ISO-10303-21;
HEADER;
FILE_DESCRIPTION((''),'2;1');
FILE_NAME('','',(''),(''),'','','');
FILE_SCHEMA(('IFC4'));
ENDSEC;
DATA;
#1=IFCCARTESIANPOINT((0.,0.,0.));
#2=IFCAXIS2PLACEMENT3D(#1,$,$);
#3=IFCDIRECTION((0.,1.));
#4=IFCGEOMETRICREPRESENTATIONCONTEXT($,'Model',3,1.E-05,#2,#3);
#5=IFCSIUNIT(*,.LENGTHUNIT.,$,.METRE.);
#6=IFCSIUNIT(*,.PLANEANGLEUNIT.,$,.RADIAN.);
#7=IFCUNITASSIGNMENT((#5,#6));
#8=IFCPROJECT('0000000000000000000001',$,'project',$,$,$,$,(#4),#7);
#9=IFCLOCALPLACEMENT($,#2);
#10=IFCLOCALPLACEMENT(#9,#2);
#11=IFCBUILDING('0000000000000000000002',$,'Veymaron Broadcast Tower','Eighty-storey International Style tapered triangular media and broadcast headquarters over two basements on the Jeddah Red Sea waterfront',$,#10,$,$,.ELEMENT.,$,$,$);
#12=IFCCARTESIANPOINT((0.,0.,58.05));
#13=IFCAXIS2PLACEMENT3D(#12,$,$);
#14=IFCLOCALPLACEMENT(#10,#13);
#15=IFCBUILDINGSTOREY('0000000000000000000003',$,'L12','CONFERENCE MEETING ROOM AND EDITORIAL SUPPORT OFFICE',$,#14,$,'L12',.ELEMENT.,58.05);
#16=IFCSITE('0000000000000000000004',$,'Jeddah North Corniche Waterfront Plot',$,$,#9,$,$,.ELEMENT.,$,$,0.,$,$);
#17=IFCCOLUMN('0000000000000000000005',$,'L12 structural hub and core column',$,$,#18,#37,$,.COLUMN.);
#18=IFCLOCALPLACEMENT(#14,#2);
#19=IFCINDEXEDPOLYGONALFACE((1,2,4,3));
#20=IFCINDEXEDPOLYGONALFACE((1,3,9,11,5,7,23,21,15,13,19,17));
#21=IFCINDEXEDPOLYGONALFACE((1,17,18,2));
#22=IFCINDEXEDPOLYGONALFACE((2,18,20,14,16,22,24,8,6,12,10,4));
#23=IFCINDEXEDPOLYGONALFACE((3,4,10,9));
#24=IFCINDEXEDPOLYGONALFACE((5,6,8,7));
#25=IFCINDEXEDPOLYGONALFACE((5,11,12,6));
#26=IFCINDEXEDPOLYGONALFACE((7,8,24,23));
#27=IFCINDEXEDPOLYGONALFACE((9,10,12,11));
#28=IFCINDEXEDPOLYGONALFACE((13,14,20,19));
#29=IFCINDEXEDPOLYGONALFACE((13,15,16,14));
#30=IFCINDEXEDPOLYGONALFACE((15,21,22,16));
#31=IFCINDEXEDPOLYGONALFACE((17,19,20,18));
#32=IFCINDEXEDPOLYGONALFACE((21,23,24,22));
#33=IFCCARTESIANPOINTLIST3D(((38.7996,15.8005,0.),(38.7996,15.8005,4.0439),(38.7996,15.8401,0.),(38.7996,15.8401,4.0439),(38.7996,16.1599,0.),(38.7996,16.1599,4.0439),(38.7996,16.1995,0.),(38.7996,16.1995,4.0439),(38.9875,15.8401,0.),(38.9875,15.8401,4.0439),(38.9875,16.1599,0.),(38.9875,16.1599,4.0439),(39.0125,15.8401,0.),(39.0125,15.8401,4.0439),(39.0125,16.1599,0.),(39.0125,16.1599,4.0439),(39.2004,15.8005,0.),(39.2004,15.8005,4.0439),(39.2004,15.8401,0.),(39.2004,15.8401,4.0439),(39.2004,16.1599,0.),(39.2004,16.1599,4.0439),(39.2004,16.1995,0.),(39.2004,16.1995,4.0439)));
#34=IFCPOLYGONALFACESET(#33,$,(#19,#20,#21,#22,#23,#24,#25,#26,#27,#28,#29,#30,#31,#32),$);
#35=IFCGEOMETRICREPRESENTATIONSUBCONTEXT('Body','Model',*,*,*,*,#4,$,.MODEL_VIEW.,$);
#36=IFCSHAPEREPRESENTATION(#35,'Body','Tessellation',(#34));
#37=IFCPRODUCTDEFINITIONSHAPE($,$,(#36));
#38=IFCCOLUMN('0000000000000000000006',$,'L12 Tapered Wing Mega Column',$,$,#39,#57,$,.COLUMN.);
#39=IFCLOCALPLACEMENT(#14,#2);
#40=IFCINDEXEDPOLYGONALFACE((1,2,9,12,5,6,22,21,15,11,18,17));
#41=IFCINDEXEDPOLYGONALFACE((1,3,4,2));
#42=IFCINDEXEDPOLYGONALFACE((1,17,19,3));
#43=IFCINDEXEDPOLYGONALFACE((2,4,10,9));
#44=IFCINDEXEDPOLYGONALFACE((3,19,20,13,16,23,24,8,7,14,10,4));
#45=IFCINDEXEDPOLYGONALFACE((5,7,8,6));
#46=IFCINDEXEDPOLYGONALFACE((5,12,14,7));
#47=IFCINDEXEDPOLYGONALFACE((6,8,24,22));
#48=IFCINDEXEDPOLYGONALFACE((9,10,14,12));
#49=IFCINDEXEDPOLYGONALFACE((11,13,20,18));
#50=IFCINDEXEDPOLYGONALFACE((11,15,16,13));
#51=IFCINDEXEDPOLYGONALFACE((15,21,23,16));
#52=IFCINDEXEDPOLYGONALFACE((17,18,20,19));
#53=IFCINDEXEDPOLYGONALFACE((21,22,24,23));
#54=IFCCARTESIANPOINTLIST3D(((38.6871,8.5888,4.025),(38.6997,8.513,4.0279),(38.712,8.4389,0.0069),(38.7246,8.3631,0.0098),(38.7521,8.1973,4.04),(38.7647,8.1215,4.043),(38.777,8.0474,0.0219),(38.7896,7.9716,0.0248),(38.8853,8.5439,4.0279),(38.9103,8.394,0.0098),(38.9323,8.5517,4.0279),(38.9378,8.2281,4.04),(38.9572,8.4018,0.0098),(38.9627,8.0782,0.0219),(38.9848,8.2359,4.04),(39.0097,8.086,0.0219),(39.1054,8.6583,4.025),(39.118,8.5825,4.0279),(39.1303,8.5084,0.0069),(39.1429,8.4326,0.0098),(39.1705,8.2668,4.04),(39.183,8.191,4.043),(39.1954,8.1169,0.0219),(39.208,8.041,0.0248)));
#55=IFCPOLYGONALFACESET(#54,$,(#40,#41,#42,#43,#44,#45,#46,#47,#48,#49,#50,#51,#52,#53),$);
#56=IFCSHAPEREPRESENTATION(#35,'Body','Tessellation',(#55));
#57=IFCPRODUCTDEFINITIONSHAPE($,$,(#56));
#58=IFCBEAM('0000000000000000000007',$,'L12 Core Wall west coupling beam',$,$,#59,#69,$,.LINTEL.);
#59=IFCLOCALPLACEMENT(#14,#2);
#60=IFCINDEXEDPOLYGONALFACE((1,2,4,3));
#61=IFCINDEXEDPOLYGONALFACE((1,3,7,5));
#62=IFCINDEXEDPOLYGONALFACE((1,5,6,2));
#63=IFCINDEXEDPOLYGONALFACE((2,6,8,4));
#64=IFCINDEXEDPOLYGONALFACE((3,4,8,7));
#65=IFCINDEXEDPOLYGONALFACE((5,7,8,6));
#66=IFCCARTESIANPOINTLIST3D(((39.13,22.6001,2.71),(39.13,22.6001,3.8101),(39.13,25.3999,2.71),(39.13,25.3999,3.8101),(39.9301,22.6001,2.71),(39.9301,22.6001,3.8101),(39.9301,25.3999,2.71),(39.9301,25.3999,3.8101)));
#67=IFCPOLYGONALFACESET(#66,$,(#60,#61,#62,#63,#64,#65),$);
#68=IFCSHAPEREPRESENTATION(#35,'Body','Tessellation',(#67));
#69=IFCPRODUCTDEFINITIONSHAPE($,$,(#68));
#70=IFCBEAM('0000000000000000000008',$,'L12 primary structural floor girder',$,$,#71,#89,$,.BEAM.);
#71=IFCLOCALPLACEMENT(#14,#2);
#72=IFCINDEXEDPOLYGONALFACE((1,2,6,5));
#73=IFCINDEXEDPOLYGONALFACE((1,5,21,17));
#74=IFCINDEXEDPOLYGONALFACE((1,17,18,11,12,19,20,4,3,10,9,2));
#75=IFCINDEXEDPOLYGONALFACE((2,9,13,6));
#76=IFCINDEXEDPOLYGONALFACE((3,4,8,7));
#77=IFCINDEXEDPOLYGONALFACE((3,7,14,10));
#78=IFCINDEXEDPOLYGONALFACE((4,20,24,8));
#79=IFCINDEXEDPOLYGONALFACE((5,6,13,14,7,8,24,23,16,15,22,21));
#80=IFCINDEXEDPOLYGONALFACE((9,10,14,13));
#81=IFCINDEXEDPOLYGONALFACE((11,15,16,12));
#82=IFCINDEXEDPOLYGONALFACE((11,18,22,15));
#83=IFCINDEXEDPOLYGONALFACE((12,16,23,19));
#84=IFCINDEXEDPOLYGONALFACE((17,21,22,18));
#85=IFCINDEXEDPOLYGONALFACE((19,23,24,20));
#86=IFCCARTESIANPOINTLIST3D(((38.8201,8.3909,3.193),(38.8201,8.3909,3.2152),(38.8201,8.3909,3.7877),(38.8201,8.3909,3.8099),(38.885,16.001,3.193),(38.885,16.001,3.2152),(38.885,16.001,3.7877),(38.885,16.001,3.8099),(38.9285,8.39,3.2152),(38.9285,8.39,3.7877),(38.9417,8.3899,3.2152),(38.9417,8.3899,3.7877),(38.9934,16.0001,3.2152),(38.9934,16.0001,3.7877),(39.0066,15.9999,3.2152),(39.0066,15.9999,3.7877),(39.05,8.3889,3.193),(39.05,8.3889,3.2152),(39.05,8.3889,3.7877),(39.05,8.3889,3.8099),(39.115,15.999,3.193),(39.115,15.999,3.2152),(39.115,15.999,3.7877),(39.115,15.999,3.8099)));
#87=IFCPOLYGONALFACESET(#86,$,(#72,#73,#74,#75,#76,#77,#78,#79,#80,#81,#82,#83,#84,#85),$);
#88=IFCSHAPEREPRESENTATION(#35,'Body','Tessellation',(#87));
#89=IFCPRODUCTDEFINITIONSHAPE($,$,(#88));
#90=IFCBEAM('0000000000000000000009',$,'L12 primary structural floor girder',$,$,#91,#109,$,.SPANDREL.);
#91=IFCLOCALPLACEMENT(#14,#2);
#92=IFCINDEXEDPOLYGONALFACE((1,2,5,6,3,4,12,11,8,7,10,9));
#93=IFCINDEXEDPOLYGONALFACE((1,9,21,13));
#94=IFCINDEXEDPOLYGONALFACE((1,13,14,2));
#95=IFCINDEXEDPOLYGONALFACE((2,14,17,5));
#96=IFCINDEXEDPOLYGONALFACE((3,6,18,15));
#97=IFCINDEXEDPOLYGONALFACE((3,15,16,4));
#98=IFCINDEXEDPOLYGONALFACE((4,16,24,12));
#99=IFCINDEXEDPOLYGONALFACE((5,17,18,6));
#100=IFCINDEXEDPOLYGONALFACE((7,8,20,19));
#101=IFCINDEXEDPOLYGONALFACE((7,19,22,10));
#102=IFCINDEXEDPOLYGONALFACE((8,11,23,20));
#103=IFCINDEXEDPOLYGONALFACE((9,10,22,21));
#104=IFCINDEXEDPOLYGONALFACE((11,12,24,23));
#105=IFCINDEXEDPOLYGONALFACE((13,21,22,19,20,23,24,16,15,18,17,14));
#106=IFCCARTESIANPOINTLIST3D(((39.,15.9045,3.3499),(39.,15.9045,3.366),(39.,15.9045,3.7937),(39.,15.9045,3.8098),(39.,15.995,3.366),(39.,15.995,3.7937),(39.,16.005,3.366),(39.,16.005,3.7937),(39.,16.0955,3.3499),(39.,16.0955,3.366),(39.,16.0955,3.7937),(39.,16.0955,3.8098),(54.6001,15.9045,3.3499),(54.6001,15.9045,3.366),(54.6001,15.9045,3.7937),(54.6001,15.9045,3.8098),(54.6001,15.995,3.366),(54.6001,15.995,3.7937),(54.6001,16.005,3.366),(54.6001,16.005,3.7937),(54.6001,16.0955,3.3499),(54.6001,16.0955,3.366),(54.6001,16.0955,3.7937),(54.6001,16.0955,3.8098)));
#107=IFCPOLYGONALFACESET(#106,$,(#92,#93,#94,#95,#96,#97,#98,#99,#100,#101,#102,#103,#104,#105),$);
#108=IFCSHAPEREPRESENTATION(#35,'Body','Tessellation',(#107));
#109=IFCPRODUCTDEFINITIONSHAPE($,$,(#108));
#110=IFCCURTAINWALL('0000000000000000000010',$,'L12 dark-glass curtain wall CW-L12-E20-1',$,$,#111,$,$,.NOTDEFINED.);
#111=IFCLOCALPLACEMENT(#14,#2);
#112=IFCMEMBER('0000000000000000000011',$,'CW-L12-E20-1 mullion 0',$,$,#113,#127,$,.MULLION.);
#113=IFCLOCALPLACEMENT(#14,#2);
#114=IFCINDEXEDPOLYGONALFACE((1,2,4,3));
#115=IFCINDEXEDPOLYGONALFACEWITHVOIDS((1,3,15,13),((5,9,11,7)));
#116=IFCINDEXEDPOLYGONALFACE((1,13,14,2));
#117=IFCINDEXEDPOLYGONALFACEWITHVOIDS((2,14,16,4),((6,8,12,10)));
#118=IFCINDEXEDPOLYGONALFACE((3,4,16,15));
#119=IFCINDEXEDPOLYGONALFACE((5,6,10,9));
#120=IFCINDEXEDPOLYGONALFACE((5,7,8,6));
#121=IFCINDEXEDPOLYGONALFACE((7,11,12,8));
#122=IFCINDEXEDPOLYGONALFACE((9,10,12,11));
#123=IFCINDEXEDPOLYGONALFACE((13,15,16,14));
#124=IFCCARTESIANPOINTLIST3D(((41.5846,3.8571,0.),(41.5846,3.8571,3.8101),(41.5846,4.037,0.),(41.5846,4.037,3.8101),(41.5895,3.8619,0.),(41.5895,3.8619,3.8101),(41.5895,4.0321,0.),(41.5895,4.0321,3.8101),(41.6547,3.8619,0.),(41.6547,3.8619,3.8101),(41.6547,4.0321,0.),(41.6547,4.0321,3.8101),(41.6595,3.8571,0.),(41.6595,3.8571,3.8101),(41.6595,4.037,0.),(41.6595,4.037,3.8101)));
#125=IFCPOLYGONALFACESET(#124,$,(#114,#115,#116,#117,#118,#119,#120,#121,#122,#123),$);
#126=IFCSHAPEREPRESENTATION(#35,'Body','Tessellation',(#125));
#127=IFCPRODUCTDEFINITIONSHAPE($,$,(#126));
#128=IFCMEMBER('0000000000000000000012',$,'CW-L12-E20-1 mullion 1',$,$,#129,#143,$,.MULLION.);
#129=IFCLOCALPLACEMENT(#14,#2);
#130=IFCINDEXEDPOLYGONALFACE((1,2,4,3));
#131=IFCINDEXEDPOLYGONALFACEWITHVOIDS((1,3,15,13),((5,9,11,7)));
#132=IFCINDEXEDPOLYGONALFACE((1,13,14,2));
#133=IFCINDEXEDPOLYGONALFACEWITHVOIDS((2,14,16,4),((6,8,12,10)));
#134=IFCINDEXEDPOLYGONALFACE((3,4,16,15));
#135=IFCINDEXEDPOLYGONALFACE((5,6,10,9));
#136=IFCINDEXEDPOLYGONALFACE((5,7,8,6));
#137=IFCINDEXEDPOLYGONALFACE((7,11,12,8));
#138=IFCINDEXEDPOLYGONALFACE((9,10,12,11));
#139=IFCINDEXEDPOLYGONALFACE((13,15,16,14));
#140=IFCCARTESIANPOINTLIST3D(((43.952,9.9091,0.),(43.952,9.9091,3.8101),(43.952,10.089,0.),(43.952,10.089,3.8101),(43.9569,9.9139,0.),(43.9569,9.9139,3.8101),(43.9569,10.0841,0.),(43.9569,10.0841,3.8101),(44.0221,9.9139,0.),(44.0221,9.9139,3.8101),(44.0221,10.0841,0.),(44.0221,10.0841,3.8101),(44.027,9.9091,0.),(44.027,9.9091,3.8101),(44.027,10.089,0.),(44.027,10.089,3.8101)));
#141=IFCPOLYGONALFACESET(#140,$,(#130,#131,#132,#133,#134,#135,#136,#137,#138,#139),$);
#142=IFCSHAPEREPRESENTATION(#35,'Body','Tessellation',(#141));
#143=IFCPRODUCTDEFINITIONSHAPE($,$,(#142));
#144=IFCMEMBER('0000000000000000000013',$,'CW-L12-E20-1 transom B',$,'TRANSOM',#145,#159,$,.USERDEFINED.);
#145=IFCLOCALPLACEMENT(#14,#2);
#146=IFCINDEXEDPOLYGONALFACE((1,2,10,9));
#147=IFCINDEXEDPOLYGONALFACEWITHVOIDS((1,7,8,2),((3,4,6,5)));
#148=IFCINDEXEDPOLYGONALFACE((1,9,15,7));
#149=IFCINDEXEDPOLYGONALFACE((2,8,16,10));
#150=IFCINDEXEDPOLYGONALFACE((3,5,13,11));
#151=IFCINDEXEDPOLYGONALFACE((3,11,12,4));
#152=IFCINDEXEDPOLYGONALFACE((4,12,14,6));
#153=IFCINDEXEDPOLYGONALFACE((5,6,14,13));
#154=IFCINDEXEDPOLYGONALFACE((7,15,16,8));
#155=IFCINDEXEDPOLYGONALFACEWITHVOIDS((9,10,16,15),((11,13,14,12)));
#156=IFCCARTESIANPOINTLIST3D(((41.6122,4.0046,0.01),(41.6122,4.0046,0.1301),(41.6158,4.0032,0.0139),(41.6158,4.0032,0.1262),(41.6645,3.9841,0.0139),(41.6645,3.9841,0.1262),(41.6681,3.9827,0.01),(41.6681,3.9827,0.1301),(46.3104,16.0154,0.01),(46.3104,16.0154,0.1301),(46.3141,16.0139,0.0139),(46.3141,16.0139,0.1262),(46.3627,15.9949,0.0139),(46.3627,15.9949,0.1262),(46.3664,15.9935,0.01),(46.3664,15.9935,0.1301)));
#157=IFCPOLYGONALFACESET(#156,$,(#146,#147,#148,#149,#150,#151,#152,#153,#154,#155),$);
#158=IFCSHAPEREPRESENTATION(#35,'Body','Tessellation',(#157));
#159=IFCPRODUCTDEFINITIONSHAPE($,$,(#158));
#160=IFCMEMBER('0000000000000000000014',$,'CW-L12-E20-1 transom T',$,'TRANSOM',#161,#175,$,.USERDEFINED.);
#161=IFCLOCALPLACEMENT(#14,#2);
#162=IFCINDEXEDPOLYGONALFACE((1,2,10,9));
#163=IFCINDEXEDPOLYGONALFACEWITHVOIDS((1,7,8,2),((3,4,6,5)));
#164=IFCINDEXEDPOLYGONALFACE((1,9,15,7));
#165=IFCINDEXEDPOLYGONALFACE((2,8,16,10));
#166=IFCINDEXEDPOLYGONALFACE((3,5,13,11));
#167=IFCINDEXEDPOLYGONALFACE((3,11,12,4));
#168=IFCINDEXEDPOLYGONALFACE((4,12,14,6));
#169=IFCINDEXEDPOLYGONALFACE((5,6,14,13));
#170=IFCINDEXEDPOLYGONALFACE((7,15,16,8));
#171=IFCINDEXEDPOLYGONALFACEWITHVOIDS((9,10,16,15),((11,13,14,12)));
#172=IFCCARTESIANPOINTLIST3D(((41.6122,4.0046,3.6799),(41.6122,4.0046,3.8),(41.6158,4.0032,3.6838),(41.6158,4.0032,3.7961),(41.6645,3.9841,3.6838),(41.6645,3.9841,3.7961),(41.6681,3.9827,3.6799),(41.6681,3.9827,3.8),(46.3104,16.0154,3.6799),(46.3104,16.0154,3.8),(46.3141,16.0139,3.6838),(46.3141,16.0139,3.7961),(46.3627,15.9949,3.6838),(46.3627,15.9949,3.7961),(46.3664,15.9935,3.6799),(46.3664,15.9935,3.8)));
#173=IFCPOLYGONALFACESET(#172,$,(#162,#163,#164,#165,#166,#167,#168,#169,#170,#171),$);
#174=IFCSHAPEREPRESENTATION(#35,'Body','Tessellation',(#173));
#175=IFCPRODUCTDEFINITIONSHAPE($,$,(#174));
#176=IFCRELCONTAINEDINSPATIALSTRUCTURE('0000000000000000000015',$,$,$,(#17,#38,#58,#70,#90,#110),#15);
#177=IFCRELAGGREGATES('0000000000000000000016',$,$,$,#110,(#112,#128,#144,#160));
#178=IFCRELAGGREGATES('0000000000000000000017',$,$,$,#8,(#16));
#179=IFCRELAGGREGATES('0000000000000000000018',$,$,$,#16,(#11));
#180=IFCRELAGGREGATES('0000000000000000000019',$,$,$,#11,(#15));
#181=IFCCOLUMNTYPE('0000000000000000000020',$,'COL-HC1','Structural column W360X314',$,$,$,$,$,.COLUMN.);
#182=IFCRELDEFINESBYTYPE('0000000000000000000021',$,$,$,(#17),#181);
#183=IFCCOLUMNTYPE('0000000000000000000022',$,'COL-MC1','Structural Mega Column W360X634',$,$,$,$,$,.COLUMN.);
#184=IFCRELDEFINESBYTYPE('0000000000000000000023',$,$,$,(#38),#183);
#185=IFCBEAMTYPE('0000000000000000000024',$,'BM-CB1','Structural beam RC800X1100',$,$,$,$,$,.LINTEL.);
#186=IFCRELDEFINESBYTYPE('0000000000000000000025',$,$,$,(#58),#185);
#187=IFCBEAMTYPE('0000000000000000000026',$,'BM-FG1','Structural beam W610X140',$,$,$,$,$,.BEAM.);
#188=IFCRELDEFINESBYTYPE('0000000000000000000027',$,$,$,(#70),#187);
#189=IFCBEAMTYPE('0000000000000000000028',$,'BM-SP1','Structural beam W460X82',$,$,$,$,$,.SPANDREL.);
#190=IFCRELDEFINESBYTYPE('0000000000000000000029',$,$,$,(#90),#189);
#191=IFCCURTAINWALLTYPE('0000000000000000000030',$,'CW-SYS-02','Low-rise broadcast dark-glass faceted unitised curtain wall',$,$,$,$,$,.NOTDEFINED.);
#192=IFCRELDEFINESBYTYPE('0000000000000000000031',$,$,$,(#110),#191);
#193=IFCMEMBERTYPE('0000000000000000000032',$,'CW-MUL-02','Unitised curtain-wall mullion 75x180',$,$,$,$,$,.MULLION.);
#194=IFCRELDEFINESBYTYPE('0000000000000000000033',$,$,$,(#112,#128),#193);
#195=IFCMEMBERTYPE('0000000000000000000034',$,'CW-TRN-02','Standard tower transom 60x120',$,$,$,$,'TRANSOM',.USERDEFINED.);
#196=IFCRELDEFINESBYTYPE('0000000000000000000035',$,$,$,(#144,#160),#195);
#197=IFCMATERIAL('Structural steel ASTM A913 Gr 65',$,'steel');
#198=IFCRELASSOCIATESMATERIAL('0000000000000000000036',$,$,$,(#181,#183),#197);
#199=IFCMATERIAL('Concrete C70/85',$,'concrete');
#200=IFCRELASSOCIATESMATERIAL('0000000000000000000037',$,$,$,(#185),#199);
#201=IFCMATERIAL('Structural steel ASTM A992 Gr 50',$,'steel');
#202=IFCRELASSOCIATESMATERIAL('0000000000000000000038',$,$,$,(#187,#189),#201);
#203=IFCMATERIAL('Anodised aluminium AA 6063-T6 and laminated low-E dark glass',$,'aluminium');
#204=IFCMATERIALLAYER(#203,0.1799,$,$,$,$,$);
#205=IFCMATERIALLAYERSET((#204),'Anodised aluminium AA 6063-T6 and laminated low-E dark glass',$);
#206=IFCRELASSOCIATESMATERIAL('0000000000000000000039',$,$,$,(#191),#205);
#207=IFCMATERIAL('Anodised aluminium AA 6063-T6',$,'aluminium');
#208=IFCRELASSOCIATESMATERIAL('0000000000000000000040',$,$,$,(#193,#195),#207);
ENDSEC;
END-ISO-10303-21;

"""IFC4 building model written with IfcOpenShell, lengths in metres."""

from ifc_helpers import new_model, si_unit, direction, frame, origin, origin_2d, place, context, subcontext, project, spatial, rectangle, hollow_rectangle, i_section, extrude, material, layer, layer_set, material_profile, profile_set, type_object, element, aggregate, save


model = new_model("IFC4")

# Units and contexts
model_context = context("Model", 3, precision=1e-05, world=origin(), true_north=direction((0.0, 1.0)))
body_context = subcontext(model_context, "Body", "Model", "MODEL_VIEW")
ifc_project = project(units=[si_unit("LENGTHUNIT", "METRE"), si_unit("PLANEANGLEUNIT", "RADIAN")], contexts=[model_context])

# Site, building, storey
site_placement = place(None, origin())
site = spatial("IfcSite", under=ifc_project, at=site_placement, Name="Jeddah North Corniche Waterfront Plot", CompositionType="ELEMENT", RefElevation=0.0)
building_placement = place(site_placement, origin())
building = spatial("IfcBuilding", under=site, at=building_placement, Name="Veymaron Broadcast Tower", Description="Eighty-storey International Style tapered triangular media and broadcast headquarters over two basements on the Jeddah Red Sea waterfront", CompositionType="ELEMENT")
storey_placement = place(building_placement, frame((0.0, 0.0, 58.05)))
storey = spatial("IfcBuildingStorey", under=building, at=storey_placement, Name="L12", Description="CONFERENCE MEETING ROOM AND EDITORIAL SUPPORT OFFICE", LongName="L12", CompositionType="ELEMENT", Elevation=58.05)

# Columns
ifc_material_1 = material(Name="Structural steel ASTM A913 Gr 65", Category="steel")
ifc_material_profile_1 = material_profile(ifc_material_1, i_section(OverallWidth=0.4009, OverallDepth=0.3989, WebThickness=0.0249, FlangeThickness=0.0396, at=origin_2d()), Name="W360X314")
ifc_profile_set_1 = profile_set([ifc_material_profile_1], Name="Structural steel ASTM A913 Gr 65")
column_type_1 = type_object("IfcColumnType", Name="COL-HC1", Description="Structural column W360X314", PredefinedType="COLUMN", material=ifc_profile_set_1)
column_1_placement = place(storey_placement, frame((39.0, 16.0, 0.0), z_axis=(0.0, 0.0, 1.0), x_axis=(1.0, 0.0, 0.0)))
element("IfcColumn", 1, at=column_1_placement, inside=storey, type_object=column_type_1, Name="L12 structural hub and core column", PredefinedType="COLUMN", context=body_context, shape_type="SweptSolid", body=[
    extrude(i_section(OverallWidth=0.4009, OverallDepth=0.3989, WebThickness=0.0249, FlangeThickness=0.0396, at=origin_2d()), origin(), (0.0, 0.0, 1.0), 4.0439),
])
ifc_material_profile_2 = material_profile(ifc_material_1, i_section(OverallWidth=0.4241, OverallDepth=0.4741, WebThickness=0.0476, FlangeThickness=0.0769, at=origin_2d()), Name="W360X634")
ifc_profile_set_2 = profile_set([ifc_material_profile_2], Name="Structural steel ASTM A913 Gr 65")
column_type_2 = type_object("IfcColumnType", Name="COL-MC1", Description="Structural Mega Column W360X634", PredefinedType="COLUMN", material=ifc_profile_set_2)
column_2_placement = place(storey_placement, frame((38.96, 8.24, 0.0159), z_axis=(-0.006193, 0.03728, 0.999286), x_axis=(-0.986481, -0.163878, 0.0)))
element("IfcColumn", 2, at=column_2_placement, inside=storey, type_object=column_type_2, Name="L12 Tapered Wing Mega Column", PredefinedType="COLUMN", context=body_context, shape_type="SweptSolid", body=[
    extrude(i_section(OverallWidth=0.4241, OverallDepth=0.4741, WebThickness=0.0476, FlangeThickness=0.0769, at=origin_2d()), origin(), (0.0, 0.0, 1.0), 4.021),
])

# Beams
ifc_material_2 = material(Name="Concrete C70/85", Category="concrete")
ifc_material_profile_3 = material_profile(ifc_material_2, rectangle(XDim=0.8, YDim=1.1001, at=origin_2d()), Name="RC800X1100")
ifc_profile_set_3 = profile_set([ifc_material_profile_3], Name="Concrete C70/85")
beam_type_1 = type_object("IfcBeamType", Name="BM-CB1", Description="Structural beam RC800X1100", PredefinedType="LINTEL", material=ifc_profile_set_3)
beam_1_placement = place(storey_placement, frame((39.53, 22.6001, 3.26), z_axis=(0.0, 1.0, 0.0), x_axis=(-1.0, 0.0, 0.0)))
element("IfcBeam", 3, at=beam_1_placement, inside=storey, type_object=beam_type_1, Name="L12 Core Wall west coupling beam", PredefinedType="LINTEL", context=body_context, shape_type="SweptSolid", body=[
    extrude(rectangle(XDim=0.8, YDim=1.1001, at=origin_2d()), origin(), (0.0, 0.0, 1.0), 2.7998),
])
ifc_material_3 = material(Name="Structural steel ASTM A992 Gr 50", Category="steel")
ifc_material_profile_4 = material_profile(ifc_material_3, i_section(OverallWidth=0.23, OverallDepth=0.6169, WebThickness=0.0132, FlangeThickness=0.0222, at=origin_2d()), Name="W610X140")
ifc_profile_set_4 = profile_set([ifc_material_profile_4], Name="Structural steel ASTM A992 Gr 50")
beam_type_2 = type_object("IfcBeamType", Name="BM-FG1", Description="Structural beam W610X140", PredefinedType="BEAM", material=ifc_profile_set_4)
beam_2_placement = place(storey_placement, frame((39.0, 16.0, 3.5015), z_axis=(-0.008533, -0.999964, 0.0), x_axis=(0.999964, -0.008533, 0.0)))
element("IfcBeam", 4, at=beam_2_placement, inside=storey, type_object=beam_type_2, Name="L12 primary structural floor girder", PredefinedType="BEAM", context=body_context, shape_type="SweptSolid", body=[
    extrude(i_section(OverallWidth=0.23, OverallDepth=0.6169, WebThickness=0.0132, FlangeThickness=0.0222, at=origin_2d()), origin(), (0.0, 0.0, 1.0), 7.6104),
])
ifc_material_profile_5 = material_profile(ifc_material_3, i_section(OverallWidth=0.1909, OverallDepth=0.46, WebThickness=0.01, FlangeThickness=0.0161, at=origin_2d()), Name="W460X82")
ifc_profile_set_5 = profile_set([ifc_material_profile_5], Name="Structural steel ASTM A992 Gr 50")
beam_type_3 = type_object("IfcBeamType", Name="BM-SP1", Description="Structural beam W460X82", PredefinedType="SPANDREL", material=ifc_profile_set_5)
beam_3_placement = place(storey_placement, frame((39.0, 16.0, 3.5798), z_axis=(1.0, 0.0, 0.0), x_axis=(0.0, 1.0, 0.0)))
element("IfcBeam", 5, at=beam_3_placement, inside=storey, type_object=beam_type_3, Name="L12 primary structural floor girder", PredefinedType="SPANDREL", context=body_context, shape_type="SweptSolid", body=[
    extrude(i_section(OverallWidth=0.1909, OverallDepth=0.46, WebThickness=0.01, FlangeThickness=0.0161, at=origin_2d()), origin(), (0.0, 0.0, 1.0), 15.6001),
])

# Curtain wall, members
ifc_material_4 = material(Name="Anodised aluminium AA 6063-T6 and laminated low-E dark glass", Category="aluminium")
ifc_layer_1 = layer(ifc_material_4, 0.1799)
ifc_layer_set_1 = layer_set([ifc_layer_1], Name="Anodised aluminium AA 6063-T6 and laminated low-E dark glass")
curtain_wall_type = type_object("IfcCurtainWallType", Name="CW-SYS-02", Description="Low-rise broadcast dark-glass faceted unitised curtain wall", PredefinedType="NOTDEFINED", material=ifc_layer_set_1)
curtain_wall_placement = place(storey_placement, origin())
curtain_wall = element("IfcCurtainWall", 6, at=curtain_wall_placement, inside=storey, type_object=curtain_wall_type, Name="L12 dark-glass curtain wall CW-L12-E20-1", PredefinedType="NOTDEFINED")
ifc_material_5 = material(Name="Anodised aluminium AA 6063-T6", Category="aluminium")
ifc_material_profile_6 = material_profile(ifc_material_5, hollow_rectangle(XDim=0.075, YDim=0.1799, WallThickness=0.0049, at=origin_2d()), Name="AL180X75X5")
ifc_profile_set_6 = profile_set([ifc_material_profile_6], Name="Anodised aluminium AA 6063-T6")
member_type_1 = type_object("IfcMemberType", Name="CW-MUL-02", Description="Unitised curtain-wall mullion 75x180", PredefinedType="MULLION", material=ifc_profile_set_6)
member_1_placement = place(storey_placement, frame((41.6221, 3.947, 0.0), z_axis=(0.0, 0.0, 1.0), x_axis=(1.0, 0.0, 0.0)))
member_1 = element("IfcMember", 7, at=member_1_placement, type_object=member_type_1, Name="CW-L12-E20-1 mullion 0", PredefinedType="MULLION", context=body_context, shape_type="SweptSolid", body=[
    extrude(hollow_rectangle(XDim=0.075, YDim=0.1799, WallThickness=0.0049, at=origin_2d()), origin(), (0.0, 0.0, 1.0), 3.8101),
])
member_2_placement = place(storey_placement, frame((43.9895, 9.999, 0.0), z_axis=(0.0, 0.0, 1.0), x_axis=(1.0, 0.0, 0.0)))
member_2 = element("IfcMember", 8, at=member_2_placement, type_object=member_type_1, Name="CW-L12-E20-1 mullion 1", PredefinedType="MULLION", context=body_context, shape_type="SweptSolid", body=[
    extrude(hollow_rectangle(XDim=0.075, YDim=0.1799, WallThickness=0.0049, at=origin_2d()), origin(), (0.0, 0.0, 1.0), 3.8101),
])
ifc_material_profile_7 = material_profile(ifc_material_5, hollow_rectangle(XDim=0.0601, YDim=0.1201, WallThickness=0.0039, at=origin_2d()), Name="AL120X60X4")
ifc_profile_set_7 = profile_set([ifc_material_profile_7], Name="Anodised aluminium AA 6063-T6")
member_type_2 = type_object("IfcMemberType", Name="CW-TRN-02", Description="Standard tower transom 60x120", ElementType="TRANSOM", PredefinedType="USERDEFINED", material=ifc_profile_set_7)
member_3_placement = place(storey_placement, frame((41.6401, 3.9937, 0.0701), z_axis=(0.364291, 0.931285, 0.0), x_axis=(-0.931285, 0.364291, 0.0)))
member_3 = element("IfcMember", 9, at=member_3_placement, type_object=member_type_2, Name="CW-L12-E20-1 transom B", ObjectType="TRANSOM", PredefinedType="USERDEFINED", context=body_context, shape_type="SweptSolid", body=[
    extrude(hollow_rectangle(XDim=0.0601, YDim=0.1201, WallThickness=0.0039, at=origin_2d()), origin(), (0.0, 0.0, 1.0), 12.897),
])
member_4_placement = place(storey_placement, frame((41.6401, 3.9937, 3.74), z_axis=(0.364291, 0.931285, 0.0), x_axis=(-0.931285, 0.364291, 0.0)))
member_4 = element("IfcMember", 10, at=member_4_placement, type_object=member_type_2, Name="CW-L12-E20-1 transom T", ObjectType="TRANSOM", PredefinedType="USERDEFINED", context=body_context, shape_type="SweptSolid", body=[
    extrude(hollow_rectangle(XDim=0.0601, YDim=0.1201, WallThickness=0.0039, at=origin_2d()), origin(), (0.0, 0.0, 1.0), 12.897),
])
aggregate(curtain_wall, [member_1, member_2, member_3, member_4])

save(model, "model.ifc")
